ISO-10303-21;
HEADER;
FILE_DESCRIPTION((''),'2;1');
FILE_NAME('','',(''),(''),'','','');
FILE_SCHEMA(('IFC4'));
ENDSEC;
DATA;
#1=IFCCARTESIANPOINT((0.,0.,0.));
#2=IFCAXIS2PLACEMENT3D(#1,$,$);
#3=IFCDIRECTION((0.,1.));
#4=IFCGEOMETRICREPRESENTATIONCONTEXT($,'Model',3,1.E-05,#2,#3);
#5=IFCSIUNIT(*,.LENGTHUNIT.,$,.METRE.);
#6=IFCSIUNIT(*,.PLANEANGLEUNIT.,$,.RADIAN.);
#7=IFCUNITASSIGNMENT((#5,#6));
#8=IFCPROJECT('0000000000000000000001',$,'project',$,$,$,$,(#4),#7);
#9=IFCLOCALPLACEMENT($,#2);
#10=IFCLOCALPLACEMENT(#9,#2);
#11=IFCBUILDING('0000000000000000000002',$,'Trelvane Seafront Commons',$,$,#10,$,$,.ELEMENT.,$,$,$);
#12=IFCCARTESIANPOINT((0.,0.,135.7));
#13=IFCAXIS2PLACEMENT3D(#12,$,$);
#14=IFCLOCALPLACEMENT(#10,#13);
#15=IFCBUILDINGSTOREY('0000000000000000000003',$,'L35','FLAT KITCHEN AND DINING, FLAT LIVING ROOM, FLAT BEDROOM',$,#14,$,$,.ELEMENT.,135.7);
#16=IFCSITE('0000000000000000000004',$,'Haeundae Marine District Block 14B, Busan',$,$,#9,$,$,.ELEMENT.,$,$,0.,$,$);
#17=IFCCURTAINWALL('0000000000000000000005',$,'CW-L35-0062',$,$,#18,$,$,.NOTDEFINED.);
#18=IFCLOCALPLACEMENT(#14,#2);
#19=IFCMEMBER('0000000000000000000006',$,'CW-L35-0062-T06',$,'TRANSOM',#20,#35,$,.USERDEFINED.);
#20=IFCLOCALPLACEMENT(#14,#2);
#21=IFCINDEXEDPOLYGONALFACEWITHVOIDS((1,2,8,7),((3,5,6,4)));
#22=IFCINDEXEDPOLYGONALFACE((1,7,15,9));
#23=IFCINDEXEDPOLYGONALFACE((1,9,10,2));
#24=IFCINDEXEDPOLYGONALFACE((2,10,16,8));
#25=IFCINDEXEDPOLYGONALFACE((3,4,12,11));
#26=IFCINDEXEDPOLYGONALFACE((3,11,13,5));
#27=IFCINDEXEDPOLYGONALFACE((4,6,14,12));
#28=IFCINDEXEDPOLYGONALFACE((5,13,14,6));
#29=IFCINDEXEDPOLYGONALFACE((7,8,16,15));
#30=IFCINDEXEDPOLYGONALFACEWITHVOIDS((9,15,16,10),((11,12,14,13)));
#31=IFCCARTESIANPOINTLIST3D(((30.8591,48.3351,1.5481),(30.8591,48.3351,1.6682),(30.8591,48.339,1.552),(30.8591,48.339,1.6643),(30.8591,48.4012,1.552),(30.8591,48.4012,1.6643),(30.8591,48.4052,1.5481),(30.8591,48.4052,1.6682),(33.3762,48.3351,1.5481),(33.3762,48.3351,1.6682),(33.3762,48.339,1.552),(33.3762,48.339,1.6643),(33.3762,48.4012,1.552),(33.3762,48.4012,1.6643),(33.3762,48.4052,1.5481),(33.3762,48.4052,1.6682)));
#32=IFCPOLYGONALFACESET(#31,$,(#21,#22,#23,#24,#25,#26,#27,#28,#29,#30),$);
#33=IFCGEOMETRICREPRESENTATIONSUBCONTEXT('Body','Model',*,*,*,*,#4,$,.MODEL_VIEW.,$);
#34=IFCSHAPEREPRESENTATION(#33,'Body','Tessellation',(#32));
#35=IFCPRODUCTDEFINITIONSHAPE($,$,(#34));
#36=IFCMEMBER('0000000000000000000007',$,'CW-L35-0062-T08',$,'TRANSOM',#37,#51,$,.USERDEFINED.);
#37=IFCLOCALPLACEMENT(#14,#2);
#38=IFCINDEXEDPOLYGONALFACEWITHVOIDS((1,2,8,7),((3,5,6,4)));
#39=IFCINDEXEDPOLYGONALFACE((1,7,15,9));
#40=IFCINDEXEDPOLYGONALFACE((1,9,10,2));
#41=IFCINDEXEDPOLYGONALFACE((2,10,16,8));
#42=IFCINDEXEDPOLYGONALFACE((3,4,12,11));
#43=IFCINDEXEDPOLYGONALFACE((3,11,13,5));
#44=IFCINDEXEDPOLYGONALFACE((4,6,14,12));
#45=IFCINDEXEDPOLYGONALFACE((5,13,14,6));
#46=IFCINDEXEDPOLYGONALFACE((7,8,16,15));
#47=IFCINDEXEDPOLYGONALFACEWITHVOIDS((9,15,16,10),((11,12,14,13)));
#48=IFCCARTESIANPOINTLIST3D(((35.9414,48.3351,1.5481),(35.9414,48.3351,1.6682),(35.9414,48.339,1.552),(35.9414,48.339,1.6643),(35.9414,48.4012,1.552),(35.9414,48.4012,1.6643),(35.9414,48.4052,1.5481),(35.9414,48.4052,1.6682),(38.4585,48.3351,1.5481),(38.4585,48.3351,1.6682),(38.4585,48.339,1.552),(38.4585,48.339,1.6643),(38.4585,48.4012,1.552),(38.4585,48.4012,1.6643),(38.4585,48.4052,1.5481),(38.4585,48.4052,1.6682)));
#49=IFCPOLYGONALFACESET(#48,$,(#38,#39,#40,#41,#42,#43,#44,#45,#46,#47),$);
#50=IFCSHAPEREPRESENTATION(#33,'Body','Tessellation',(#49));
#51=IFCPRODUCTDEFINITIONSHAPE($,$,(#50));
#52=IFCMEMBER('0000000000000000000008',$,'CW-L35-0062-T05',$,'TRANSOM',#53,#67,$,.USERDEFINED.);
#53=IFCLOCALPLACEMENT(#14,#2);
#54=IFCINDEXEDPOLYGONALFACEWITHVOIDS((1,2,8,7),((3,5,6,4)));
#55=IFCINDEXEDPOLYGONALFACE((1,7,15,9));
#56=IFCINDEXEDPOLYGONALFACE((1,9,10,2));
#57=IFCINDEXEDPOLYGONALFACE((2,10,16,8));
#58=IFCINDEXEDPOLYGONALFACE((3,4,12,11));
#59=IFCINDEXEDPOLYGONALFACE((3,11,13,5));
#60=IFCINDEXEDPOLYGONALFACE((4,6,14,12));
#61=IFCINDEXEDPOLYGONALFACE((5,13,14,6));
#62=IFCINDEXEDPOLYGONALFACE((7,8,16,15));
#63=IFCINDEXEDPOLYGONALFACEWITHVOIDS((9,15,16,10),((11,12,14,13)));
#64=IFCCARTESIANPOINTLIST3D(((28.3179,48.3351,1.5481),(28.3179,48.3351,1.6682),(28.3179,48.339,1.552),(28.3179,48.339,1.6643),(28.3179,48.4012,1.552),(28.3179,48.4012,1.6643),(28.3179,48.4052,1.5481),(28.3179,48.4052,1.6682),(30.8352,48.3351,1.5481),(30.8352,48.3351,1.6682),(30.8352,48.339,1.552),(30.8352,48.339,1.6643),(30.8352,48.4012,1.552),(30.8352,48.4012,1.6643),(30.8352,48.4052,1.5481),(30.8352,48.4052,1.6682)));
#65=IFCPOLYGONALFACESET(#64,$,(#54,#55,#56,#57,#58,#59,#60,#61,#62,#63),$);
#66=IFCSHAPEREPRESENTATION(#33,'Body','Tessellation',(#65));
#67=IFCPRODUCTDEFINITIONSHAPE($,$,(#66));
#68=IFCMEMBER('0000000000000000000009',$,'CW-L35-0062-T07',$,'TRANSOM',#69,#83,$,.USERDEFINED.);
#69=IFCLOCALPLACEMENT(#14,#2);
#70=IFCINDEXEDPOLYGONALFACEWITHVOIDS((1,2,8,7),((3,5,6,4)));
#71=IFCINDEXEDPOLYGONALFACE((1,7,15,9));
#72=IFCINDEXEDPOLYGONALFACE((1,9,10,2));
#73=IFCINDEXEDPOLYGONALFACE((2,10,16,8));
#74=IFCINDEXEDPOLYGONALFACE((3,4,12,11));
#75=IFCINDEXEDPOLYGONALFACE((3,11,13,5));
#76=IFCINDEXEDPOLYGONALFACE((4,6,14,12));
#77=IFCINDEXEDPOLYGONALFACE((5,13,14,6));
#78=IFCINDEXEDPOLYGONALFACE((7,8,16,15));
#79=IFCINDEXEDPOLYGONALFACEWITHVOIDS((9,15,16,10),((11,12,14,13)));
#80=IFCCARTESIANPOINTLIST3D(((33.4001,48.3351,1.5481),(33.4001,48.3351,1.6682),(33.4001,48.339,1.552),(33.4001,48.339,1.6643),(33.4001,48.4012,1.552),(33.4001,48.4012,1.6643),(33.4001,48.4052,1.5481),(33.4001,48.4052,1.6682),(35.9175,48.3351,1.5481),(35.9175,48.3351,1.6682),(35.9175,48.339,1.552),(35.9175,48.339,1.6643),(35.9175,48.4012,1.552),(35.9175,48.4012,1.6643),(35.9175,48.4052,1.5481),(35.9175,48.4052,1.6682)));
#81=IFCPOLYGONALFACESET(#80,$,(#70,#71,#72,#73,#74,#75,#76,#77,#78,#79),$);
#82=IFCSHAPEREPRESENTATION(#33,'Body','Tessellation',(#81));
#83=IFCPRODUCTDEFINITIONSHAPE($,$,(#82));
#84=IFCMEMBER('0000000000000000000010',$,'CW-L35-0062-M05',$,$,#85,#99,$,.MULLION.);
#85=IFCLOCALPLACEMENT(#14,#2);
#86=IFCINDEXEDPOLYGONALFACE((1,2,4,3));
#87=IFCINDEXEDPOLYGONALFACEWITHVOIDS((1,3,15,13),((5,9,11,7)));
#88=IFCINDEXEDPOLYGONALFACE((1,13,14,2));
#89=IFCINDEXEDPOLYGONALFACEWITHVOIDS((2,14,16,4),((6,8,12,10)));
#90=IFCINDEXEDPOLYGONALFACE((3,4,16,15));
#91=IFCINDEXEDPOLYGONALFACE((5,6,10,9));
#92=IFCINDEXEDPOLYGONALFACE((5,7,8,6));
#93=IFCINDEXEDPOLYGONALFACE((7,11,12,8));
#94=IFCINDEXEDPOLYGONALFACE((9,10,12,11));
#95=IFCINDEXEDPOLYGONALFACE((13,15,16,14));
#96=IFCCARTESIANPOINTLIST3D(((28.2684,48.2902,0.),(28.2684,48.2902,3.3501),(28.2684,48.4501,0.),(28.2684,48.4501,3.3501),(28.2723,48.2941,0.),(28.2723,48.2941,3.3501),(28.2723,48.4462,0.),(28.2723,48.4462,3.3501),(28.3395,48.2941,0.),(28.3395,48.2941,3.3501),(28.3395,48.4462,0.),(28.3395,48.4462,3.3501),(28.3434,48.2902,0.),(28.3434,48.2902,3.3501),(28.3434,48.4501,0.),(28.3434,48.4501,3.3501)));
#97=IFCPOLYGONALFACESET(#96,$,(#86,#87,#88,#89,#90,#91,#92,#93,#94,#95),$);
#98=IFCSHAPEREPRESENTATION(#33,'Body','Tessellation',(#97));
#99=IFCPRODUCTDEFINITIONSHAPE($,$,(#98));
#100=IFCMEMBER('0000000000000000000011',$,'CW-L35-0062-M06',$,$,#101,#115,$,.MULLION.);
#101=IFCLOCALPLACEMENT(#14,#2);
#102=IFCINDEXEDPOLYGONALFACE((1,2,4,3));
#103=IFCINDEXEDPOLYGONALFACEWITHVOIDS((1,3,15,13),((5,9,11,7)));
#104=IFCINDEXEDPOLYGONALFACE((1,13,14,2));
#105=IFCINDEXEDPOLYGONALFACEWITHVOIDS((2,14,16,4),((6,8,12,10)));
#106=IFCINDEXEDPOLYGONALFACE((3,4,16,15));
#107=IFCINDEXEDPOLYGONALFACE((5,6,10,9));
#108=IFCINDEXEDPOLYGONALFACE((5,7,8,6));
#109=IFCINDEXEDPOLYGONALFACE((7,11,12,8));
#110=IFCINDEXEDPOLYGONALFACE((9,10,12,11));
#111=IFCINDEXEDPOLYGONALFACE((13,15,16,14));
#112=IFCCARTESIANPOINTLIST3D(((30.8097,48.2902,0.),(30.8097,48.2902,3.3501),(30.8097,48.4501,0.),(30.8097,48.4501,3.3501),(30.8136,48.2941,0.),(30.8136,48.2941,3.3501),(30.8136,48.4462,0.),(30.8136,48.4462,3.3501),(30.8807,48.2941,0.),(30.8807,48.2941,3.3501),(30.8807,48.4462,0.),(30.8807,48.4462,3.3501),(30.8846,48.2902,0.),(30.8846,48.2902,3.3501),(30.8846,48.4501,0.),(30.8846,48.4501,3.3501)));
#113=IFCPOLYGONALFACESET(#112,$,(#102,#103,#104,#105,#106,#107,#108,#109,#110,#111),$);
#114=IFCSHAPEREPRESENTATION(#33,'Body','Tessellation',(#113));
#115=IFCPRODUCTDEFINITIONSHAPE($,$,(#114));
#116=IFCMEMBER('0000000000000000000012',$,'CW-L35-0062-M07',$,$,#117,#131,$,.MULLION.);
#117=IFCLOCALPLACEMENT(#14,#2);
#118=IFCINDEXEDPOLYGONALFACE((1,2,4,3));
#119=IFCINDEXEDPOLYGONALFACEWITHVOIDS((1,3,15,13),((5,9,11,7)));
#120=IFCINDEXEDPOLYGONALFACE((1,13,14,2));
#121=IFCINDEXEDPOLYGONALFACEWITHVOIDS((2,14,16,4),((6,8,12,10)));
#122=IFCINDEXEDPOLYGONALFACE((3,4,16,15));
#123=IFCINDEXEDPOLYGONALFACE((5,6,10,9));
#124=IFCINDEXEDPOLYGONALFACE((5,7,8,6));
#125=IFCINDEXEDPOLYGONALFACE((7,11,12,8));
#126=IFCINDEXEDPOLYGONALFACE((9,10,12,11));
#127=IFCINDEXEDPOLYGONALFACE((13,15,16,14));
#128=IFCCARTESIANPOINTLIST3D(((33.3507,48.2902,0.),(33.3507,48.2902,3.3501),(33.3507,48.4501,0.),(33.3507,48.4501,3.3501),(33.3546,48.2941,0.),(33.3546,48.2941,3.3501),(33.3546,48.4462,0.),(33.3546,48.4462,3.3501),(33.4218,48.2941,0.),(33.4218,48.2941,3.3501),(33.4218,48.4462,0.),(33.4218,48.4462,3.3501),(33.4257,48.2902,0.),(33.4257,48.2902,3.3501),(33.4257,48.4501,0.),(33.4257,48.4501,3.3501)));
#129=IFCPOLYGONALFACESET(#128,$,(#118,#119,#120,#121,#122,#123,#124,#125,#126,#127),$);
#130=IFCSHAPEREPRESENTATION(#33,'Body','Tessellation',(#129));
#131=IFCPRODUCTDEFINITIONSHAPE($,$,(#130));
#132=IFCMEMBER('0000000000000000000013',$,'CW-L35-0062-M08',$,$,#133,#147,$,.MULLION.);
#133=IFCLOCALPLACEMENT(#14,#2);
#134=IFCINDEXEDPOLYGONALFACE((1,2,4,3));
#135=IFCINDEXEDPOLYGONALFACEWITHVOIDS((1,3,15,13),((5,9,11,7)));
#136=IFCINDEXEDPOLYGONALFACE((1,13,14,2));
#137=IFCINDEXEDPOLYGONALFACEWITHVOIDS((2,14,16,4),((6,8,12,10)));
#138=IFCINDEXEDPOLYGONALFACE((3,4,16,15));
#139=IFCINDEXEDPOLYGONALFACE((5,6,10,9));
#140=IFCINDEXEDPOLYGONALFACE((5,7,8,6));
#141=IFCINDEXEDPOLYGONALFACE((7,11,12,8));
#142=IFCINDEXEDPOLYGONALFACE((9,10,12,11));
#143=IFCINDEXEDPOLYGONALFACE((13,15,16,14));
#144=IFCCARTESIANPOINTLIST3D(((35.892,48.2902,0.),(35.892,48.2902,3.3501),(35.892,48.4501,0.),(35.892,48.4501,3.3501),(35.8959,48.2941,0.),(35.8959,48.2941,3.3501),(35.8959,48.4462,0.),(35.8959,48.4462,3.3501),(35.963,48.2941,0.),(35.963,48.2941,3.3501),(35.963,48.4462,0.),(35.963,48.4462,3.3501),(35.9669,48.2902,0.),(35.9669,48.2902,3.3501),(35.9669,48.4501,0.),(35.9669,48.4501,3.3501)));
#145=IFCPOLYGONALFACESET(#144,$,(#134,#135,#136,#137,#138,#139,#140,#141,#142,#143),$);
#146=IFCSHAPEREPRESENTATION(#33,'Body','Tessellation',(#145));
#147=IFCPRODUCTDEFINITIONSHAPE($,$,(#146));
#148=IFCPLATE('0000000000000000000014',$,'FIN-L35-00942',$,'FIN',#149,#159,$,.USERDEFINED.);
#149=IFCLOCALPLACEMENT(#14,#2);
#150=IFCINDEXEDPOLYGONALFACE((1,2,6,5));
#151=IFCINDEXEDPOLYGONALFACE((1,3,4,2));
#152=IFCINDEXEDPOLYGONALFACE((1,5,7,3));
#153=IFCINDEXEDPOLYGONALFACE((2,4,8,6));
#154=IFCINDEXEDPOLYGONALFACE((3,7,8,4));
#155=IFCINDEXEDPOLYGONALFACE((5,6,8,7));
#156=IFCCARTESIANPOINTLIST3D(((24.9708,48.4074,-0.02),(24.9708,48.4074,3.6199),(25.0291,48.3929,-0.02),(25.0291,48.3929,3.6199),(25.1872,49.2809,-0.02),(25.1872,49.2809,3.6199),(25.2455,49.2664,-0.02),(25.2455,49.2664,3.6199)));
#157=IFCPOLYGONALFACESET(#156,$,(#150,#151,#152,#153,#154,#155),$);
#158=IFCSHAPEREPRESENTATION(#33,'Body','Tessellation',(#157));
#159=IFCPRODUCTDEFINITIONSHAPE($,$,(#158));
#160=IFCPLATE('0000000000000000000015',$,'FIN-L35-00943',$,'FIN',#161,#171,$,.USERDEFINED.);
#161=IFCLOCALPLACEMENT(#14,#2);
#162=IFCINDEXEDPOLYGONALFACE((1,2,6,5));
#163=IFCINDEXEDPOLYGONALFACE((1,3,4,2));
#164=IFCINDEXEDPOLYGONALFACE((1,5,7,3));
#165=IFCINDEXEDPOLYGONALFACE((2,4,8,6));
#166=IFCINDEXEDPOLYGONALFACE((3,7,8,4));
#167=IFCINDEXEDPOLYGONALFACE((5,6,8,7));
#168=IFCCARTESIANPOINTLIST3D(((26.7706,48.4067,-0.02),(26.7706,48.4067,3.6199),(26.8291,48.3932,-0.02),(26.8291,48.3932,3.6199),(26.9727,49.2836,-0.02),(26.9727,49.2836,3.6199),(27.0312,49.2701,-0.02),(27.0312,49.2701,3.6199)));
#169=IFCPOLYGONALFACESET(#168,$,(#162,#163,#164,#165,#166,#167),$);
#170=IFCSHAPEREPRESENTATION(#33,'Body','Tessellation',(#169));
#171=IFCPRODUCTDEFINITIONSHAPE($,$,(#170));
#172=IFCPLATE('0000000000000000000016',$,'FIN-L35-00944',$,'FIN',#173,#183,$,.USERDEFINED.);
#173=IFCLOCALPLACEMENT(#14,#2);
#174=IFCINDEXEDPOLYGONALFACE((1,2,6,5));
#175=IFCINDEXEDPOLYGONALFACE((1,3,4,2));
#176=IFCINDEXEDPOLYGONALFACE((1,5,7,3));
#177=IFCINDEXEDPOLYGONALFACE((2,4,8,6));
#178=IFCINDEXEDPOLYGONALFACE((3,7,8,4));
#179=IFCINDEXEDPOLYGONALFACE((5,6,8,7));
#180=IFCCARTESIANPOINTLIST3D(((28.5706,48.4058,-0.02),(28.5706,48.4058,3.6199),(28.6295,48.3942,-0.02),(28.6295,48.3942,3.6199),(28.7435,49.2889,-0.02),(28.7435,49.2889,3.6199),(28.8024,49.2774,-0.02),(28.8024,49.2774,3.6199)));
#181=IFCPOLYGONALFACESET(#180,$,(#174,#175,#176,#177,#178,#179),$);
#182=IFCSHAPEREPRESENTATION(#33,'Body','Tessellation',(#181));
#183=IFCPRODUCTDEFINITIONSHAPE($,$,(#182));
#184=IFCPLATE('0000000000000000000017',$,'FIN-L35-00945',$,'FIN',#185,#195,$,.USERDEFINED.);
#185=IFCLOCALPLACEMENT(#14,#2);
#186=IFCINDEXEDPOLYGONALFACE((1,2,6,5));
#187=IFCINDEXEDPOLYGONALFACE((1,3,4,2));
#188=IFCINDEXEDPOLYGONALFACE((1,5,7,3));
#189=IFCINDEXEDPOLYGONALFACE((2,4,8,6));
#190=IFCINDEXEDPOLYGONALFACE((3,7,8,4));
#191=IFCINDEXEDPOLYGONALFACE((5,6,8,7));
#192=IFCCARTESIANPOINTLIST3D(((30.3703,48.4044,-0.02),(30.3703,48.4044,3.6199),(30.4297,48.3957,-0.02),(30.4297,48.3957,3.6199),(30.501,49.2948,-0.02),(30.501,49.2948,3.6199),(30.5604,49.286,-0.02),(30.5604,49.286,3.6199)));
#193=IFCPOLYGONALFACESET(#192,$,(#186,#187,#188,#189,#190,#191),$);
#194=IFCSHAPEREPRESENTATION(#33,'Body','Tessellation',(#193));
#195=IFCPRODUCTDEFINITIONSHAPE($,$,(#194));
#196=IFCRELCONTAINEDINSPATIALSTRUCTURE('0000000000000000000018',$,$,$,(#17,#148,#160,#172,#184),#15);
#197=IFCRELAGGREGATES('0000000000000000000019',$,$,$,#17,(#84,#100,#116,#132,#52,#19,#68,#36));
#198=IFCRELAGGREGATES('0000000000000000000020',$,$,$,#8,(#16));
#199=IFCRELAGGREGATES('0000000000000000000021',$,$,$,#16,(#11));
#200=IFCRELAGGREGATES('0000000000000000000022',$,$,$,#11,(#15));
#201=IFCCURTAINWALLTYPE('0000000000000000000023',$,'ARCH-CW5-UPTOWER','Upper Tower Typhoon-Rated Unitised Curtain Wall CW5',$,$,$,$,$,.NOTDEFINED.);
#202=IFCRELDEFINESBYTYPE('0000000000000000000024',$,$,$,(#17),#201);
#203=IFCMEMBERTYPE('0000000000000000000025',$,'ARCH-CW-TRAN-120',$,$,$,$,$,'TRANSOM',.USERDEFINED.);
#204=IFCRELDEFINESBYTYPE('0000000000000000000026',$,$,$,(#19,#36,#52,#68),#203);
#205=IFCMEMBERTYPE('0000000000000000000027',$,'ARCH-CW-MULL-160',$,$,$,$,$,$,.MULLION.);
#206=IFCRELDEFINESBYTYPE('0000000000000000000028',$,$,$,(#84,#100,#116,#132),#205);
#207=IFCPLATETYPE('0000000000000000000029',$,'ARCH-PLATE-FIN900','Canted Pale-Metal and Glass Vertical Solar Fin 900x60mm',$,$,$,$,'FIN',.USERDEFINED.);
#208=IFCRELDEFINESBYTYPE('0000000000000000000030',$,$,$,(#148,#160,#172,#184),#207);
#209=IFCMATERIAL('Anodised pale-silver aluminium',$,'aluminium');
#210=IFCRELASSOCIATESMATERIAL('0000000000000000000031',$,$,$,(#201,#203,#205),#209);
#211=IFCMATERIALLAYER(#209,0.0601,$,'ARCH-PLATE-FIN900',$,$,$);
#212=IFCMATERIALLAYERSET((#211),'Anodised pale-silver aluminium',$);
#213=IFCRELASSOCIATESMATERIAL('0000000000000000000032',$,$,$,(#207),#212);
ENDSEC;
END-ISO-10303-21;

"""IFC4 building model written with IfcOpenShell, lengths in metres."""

from ifc_helpers import new_model, si_unit, direction, frame, origin, origin_2d, place, context, subcontext, project, spatial, rectangle, hollow_rectangle, extrude, source, transform, mapped, material, layer, layer_set, material_profile, profile_set, type_object, element, aggregate, save


model = new_model("IFC4")

# Units and contexts
model_context = context("Model", 3, precision=1e-05, world=origin(), true_north=direction((0.0, 1.0)))
body_context = subcontext(model_context, "Body", "Model", "MODEL_VIEW")
ifc_project = project(units=[si_unit("LENGTHUNIT", "METRE"), si_unit("PLANEANGLEUNIT", "RADIAN")], contexts=[model_context])

# Site, building, storey
site_placement = place(None, origin())
site = spatial("IfcSite", under=ifc_project, at=site_placement, Name="Haeundae Marine District Block 14B, Busan", CompositionType="ELEMENT", RefElevation=0.0)
building_placement = place(site_placement, origin())
building = spatial("IfcBuilding", under=site, at=building_placement, Name="Trelvane Seafront Commons", CompositionType="ELEMENT")
storey_placement = place(building_placement, frame((0.0, 0.0, 135.7)))
storey = spatial("IfcBuildingStorey", under=building, at=storey_placement, Name="L35", Description="FLAT KITCHEN AND DINING, FLAT LIVING ROOM, FLAT BEDROOM", CompositionType="ELEMENT", Elevation=135.7)

# Curtain wall, members
ifc_material_1 = material(Name="Anodised pale-silver aluminium", Category="aluminium")
curtain_wall_type = type_object("IfcCurtainWallType", Name="ARCH-CW5-UPTOWER", Description="Upper Tower Typhoon-Rated Unitised Curtain Wall CW5", PredefinedType="NOTDEFINED", material=ifc_material_1)
curtain_wall_placement = place(storey_placement, origin())
curtain_wall = element("IfcCurtainWall", 1, at=curtain_wall_placement, inside=storey, type_object=curtain_wall_type, Name="CW-L35-0062", PredefinedType="NOTDEFINED")
ifc_material_profile_1 = material_profile(ifc_material_1, hollow_rectangle(XDim=0.0701, YDim=0.1201, WallThickness=0.0039, at=origin_2d()), Name="TRAN-70x120x4")
ifc_profile_set_1 = profile_set([ifc_material_profile_1], Name="Anodised pale-silver aluminium")
member_type_1 = type_object("IfcMemberType", Name="ARCH-CW-TRAN-120", ElementType="TRANSOM", PredefinedType="USERDEFINED", material=ifc_profile_set_1)
shared_shape_1 = source(origin(), body_context, "Body", "SweptSolid", [
    extrude(hollow_rectangle(XDim=0.0701, YDim=0.1201, WallThickness=0.0039, at=origin_2d()), origin(), (0.0, 0.0, 1.0), 2.5171),
])
member_1_placement = place(storey_placement, frame((30.8591, 48.3701, 1.6082), z_axis=(1.0, 0.0, 0.0), x_axis=(0.0, 1.0, 0.0)))
member_1 = element("IfcMember", 2, at=member_1_placement, type_object=member_type_1, Name="CW-L35-0062-T06", ObjectType="TRANSOM", PredefinedType="USERDEFINED", context=body_context, shape_type="MappedRepresentation", body=[
    mapped(shared_shape_1, transform((0.0, 0.0, 0.0), x_axis=(1.0, 0.0, 0.0), y_axis=(0.0, 1.0, 0.0), z_axis=(0.0, 0.0, 1.0), scale=1.0)),
])
member_2_placement = place(storey_placement, frame((35.9414, 48.3701, 1.6082), z_axis=(1.0, 0.0, 0.0), x_axis=(0.0, 1.0, 0.0)))
member_2 = element("IfcMember", 3, at=member_2_placement, type_object=member_type_1, Name="CW-L35-0062-T08", ObjectType="TRANSOM", PredefinedType="USERDEFINED", context=body_context, shape_type="MappedRepresentation", body=[
    mapped(shared_shape_1, transform((0.0, 0.0, 0.0), x_axis=(1.0, 0.0, 0.0), y_axis=(0.0, 1.0, 0.0), z_axis=(0.0, 0.0, 1.0), scale=1.0)),
])
shared_shape_2 = source(origin(), body_context, "Body", "SweptSolid", [
    extrude(hollow_rectangle(XDim=0.0701, YDim=0.1201, WallThickness=0.0039, at=origin_2d()), origin(), (0.0, 0.0, 1.0), 2.5173),
])
member_3_placement = place(storey_placement, frame((28.3179, 48.3701, 1.6082), z_axis=(1.0, 0.0, 0.0), x_axis=(0.0, 1.0, 0.0)))
member_3 = element("IfcMember", 4, at=member_3_placement, type_object=member_type_1, Name="CW-L35-0062-T05", ObjectType="TRANSOM", PredefinedType="USERDEFINED", context=body_context, shape_type="MappedRepresentation", body=[
    mapped(shared_shape_2, transform((0.0, 0.0, 0.0), x_axis=(1.0, 0.0, 0.0), y_axis=(0.0, 1.0, 0.0), z_axis=(0.0, 0.0, 1.0), scale=1.0)),
])
member_4_placement = place(storey_placement, frame((33.4001, 48.3701, 1.6082), z_axis=(1.0, 0.0, 0.0), x_axis=(0.0, 1.0, 0.0)))
member_4 = element("IfcMember", 5, at=member_4_placement, type_object=member_type_1, Name="CW-L35-0062-T07", ObjectType="TRANSOM", PredefinedType="USERDEFINED", context=body_context, shape_type="MappedRepresentation", body=[
    mapped(shared_shape_2, transform((0.0, 0.0, 0.0), x_axis=(1.0, 0.0, 0.0), y_axis=(0.0, 1.0, 0.0), z_axis=(0.0, 0.0, 1.0), scale=1.0)),
])
ifc_material_profile_2 = material_profile(ifc_material_1, hollow_rectangle(XDim=0.075, YDim=0.1599, WallThickness=0.0039, at=origin_2d()), Name="MULL-75x160x4")
ifc_profile_set_2 = profile_set([ifc_material_profile_2], Name="Anodised pale-silver aluminium")
member_type_2 = type_object("IfcMemberType", Name="ARCH-CW-MULL-160", PredefinedType="MULLION", material=ifc_profile_set_2)
shared_shape_3 = source(origin(), body_context, "Body", "SweptSolid", [
    extrude(hollow_rectangle(XDim=0.075, YDim=0.1599, WallThickness=0.0039, at=origin_2d()), origin(), (0.0, 0.0, 1.0), 3.3501),
])
member_5_placement = place(storey_placement, frame((28.3059, 48.3701, 0.0), z_axis=(0.0, 0.0, 1.0), x_axis=(1.0, 0.0, 0.0)))
member_5 = element("IfcMember", 6, at=member_5_placement, type_object=member_type_2, Name="CW-L35-0062-M05", PredefinedType="MULLION", context=body_context, shape_type="MappedRepresentation", body=[
    mapped(shared_shape_3, transform((0.0, 0.0, 0.0), x_axis=(1.0, 0.0, 0.0), y_axis=(0.0, 1.0, 0.0), z_axis=(0.0, 0.0, 1.0), scale=1.0)),
])
member_6_placement = place(storey_placement, frame((30.8472, 48.3701, 0.0), z_axis=(0.0, 0.0, 1.0), x_axis=(1.0, 0.0, 0.0)))
member_6 = element("IfcMember", 7, at=member_6_placement, type_object=member_type_2, Name="CW-L35-0062-M06", PredefinedType="MULLION", context=body_context, shape_type="MappedRepresentation", body=[
    mapped(shared_shape_3, transform((0.0, 0.0, 0.0), x_axis=(1.0, 0.0, 0.0), y_axis=(0.0, 1.0, 0.0), z_axis=(0.0, 0.0, 1.0), scale=1.0)),
])
member_7_placement = place(storey_placement, frame((33.3882, 48.3701, 0.0), z_axis=(0.0, 0.0, 1.0), x_axis=(1.0, 0.0, 0.0)))
member_7 = element("IfcMember", 8, at=member_7_placement, type_object=member_type_2, Name="CW-L35-0062-M07", PredefinedType="MULLION", context=body_context, shape_type="MappedRepresentation", body=[
    mapped(shared_shape_3, transform((0.0, 0.0, 0.0), x_axis=(1.0, 0.0, 0.0), y_axis=(0.0, 1.0, 0.0), z_axis=(0.0, 0.0, 1.0), scale=1.0)),
])
member_8_placement = place(storey_placement, frame((35.9294, 48.3701, 0.0), z_axis=(0.0, 0.0, 1.0), x_axis=(1.0, 0.0, 0.0)))
member_8 = element("IfcMember", 9, at=member_8_placement, type_object=member_type_2, Name="CW-L35-0062-M08", PredefinedType="MULLION", context=body_context, shape_type="MappedRepresentation", body=[
    mapped(shared_shape_3, transform((0.0, 0.0, 0.0), x_axis=(1.0, 0.0, 0.0), y_axis=(0.0, 1.0, 0.0), z_axis=(0.0, 0.0, 1.0), scale=1.0)),
])

# Plates
ifc_layer_1 = layer(ifc_material_1, 0.0601, Name="ARCH-PLATE-FIN900")
ifc_layer_set_1 = layer_set([ifc_layer_1], Name="Anodised pale-silver aluminium")
plate_type_1 = type_object("IfcPlateType", Name="ARCH-PLATE-FIN900", Description="Canted Pale-Metal and Glass Vertical Solar Fin 900x60mm", ElementType="FIN", PredefinedType="USERDEFINED", material=ifc_layer_set_1)
shared_shape_4 = source(origin(), body_context, "Body", "SweptSolid", [
    extrude(rectangle(XDim=0.8999, YDim=0.0601, at=origin_2d()), origin(), (0.0, 0.0, 1.0), 3.6399),
])
for number, where, z_axis, x_axis, name in (
    (10, (25.1082, 48.8369, -0.02), (0.0, 0.0, 1.0), (0.240443, 0.970663, 0.0), "FIN-L35-00942"),
    (11, (26.9009, 48.8384, -0.02), (0.0, 0.0, 1.0), (0.22456, 0.97446, 0.0), "FIN-L35-00943"),
    (12, (28.6865, 48.8416, -0.02), (0.0, 0.0, 1.0), (0.192119, 0.981372, 0.0), "FIN-L35-00944"),
    (13, (30.4653, 48.8452, -0.02), (0.0, 0.0, 1.0), (0.145216, 0.9894, 0.0), "FIN-L35-00945"),
):
    element("IfcPlate", number, at=place(storey_placement, frame(where, z_axis=z_axis, x_axis=x_axis)), inside=storey, type_object=plate_type_1, Name=name, ObjectType="FIN", PredefinedType="USERDEFINED", context=body_context, shape_type="MappedRepresentation", body=[
        mapped(shared_shape_4, transform((0.0, 0.0, 0.0), x_axis=(1.0, 0.0, 0.0), y_axis=(0.0, 1.0, 0.0), z_axis=(0.0, 0.0, 1.0), scale=1.0)),
    ])

aggregate(curtain_wall, [member_5, member_6, member_7, member_8, member_3, member_1, member_4, member_2])

save(model, "model.ifc")
